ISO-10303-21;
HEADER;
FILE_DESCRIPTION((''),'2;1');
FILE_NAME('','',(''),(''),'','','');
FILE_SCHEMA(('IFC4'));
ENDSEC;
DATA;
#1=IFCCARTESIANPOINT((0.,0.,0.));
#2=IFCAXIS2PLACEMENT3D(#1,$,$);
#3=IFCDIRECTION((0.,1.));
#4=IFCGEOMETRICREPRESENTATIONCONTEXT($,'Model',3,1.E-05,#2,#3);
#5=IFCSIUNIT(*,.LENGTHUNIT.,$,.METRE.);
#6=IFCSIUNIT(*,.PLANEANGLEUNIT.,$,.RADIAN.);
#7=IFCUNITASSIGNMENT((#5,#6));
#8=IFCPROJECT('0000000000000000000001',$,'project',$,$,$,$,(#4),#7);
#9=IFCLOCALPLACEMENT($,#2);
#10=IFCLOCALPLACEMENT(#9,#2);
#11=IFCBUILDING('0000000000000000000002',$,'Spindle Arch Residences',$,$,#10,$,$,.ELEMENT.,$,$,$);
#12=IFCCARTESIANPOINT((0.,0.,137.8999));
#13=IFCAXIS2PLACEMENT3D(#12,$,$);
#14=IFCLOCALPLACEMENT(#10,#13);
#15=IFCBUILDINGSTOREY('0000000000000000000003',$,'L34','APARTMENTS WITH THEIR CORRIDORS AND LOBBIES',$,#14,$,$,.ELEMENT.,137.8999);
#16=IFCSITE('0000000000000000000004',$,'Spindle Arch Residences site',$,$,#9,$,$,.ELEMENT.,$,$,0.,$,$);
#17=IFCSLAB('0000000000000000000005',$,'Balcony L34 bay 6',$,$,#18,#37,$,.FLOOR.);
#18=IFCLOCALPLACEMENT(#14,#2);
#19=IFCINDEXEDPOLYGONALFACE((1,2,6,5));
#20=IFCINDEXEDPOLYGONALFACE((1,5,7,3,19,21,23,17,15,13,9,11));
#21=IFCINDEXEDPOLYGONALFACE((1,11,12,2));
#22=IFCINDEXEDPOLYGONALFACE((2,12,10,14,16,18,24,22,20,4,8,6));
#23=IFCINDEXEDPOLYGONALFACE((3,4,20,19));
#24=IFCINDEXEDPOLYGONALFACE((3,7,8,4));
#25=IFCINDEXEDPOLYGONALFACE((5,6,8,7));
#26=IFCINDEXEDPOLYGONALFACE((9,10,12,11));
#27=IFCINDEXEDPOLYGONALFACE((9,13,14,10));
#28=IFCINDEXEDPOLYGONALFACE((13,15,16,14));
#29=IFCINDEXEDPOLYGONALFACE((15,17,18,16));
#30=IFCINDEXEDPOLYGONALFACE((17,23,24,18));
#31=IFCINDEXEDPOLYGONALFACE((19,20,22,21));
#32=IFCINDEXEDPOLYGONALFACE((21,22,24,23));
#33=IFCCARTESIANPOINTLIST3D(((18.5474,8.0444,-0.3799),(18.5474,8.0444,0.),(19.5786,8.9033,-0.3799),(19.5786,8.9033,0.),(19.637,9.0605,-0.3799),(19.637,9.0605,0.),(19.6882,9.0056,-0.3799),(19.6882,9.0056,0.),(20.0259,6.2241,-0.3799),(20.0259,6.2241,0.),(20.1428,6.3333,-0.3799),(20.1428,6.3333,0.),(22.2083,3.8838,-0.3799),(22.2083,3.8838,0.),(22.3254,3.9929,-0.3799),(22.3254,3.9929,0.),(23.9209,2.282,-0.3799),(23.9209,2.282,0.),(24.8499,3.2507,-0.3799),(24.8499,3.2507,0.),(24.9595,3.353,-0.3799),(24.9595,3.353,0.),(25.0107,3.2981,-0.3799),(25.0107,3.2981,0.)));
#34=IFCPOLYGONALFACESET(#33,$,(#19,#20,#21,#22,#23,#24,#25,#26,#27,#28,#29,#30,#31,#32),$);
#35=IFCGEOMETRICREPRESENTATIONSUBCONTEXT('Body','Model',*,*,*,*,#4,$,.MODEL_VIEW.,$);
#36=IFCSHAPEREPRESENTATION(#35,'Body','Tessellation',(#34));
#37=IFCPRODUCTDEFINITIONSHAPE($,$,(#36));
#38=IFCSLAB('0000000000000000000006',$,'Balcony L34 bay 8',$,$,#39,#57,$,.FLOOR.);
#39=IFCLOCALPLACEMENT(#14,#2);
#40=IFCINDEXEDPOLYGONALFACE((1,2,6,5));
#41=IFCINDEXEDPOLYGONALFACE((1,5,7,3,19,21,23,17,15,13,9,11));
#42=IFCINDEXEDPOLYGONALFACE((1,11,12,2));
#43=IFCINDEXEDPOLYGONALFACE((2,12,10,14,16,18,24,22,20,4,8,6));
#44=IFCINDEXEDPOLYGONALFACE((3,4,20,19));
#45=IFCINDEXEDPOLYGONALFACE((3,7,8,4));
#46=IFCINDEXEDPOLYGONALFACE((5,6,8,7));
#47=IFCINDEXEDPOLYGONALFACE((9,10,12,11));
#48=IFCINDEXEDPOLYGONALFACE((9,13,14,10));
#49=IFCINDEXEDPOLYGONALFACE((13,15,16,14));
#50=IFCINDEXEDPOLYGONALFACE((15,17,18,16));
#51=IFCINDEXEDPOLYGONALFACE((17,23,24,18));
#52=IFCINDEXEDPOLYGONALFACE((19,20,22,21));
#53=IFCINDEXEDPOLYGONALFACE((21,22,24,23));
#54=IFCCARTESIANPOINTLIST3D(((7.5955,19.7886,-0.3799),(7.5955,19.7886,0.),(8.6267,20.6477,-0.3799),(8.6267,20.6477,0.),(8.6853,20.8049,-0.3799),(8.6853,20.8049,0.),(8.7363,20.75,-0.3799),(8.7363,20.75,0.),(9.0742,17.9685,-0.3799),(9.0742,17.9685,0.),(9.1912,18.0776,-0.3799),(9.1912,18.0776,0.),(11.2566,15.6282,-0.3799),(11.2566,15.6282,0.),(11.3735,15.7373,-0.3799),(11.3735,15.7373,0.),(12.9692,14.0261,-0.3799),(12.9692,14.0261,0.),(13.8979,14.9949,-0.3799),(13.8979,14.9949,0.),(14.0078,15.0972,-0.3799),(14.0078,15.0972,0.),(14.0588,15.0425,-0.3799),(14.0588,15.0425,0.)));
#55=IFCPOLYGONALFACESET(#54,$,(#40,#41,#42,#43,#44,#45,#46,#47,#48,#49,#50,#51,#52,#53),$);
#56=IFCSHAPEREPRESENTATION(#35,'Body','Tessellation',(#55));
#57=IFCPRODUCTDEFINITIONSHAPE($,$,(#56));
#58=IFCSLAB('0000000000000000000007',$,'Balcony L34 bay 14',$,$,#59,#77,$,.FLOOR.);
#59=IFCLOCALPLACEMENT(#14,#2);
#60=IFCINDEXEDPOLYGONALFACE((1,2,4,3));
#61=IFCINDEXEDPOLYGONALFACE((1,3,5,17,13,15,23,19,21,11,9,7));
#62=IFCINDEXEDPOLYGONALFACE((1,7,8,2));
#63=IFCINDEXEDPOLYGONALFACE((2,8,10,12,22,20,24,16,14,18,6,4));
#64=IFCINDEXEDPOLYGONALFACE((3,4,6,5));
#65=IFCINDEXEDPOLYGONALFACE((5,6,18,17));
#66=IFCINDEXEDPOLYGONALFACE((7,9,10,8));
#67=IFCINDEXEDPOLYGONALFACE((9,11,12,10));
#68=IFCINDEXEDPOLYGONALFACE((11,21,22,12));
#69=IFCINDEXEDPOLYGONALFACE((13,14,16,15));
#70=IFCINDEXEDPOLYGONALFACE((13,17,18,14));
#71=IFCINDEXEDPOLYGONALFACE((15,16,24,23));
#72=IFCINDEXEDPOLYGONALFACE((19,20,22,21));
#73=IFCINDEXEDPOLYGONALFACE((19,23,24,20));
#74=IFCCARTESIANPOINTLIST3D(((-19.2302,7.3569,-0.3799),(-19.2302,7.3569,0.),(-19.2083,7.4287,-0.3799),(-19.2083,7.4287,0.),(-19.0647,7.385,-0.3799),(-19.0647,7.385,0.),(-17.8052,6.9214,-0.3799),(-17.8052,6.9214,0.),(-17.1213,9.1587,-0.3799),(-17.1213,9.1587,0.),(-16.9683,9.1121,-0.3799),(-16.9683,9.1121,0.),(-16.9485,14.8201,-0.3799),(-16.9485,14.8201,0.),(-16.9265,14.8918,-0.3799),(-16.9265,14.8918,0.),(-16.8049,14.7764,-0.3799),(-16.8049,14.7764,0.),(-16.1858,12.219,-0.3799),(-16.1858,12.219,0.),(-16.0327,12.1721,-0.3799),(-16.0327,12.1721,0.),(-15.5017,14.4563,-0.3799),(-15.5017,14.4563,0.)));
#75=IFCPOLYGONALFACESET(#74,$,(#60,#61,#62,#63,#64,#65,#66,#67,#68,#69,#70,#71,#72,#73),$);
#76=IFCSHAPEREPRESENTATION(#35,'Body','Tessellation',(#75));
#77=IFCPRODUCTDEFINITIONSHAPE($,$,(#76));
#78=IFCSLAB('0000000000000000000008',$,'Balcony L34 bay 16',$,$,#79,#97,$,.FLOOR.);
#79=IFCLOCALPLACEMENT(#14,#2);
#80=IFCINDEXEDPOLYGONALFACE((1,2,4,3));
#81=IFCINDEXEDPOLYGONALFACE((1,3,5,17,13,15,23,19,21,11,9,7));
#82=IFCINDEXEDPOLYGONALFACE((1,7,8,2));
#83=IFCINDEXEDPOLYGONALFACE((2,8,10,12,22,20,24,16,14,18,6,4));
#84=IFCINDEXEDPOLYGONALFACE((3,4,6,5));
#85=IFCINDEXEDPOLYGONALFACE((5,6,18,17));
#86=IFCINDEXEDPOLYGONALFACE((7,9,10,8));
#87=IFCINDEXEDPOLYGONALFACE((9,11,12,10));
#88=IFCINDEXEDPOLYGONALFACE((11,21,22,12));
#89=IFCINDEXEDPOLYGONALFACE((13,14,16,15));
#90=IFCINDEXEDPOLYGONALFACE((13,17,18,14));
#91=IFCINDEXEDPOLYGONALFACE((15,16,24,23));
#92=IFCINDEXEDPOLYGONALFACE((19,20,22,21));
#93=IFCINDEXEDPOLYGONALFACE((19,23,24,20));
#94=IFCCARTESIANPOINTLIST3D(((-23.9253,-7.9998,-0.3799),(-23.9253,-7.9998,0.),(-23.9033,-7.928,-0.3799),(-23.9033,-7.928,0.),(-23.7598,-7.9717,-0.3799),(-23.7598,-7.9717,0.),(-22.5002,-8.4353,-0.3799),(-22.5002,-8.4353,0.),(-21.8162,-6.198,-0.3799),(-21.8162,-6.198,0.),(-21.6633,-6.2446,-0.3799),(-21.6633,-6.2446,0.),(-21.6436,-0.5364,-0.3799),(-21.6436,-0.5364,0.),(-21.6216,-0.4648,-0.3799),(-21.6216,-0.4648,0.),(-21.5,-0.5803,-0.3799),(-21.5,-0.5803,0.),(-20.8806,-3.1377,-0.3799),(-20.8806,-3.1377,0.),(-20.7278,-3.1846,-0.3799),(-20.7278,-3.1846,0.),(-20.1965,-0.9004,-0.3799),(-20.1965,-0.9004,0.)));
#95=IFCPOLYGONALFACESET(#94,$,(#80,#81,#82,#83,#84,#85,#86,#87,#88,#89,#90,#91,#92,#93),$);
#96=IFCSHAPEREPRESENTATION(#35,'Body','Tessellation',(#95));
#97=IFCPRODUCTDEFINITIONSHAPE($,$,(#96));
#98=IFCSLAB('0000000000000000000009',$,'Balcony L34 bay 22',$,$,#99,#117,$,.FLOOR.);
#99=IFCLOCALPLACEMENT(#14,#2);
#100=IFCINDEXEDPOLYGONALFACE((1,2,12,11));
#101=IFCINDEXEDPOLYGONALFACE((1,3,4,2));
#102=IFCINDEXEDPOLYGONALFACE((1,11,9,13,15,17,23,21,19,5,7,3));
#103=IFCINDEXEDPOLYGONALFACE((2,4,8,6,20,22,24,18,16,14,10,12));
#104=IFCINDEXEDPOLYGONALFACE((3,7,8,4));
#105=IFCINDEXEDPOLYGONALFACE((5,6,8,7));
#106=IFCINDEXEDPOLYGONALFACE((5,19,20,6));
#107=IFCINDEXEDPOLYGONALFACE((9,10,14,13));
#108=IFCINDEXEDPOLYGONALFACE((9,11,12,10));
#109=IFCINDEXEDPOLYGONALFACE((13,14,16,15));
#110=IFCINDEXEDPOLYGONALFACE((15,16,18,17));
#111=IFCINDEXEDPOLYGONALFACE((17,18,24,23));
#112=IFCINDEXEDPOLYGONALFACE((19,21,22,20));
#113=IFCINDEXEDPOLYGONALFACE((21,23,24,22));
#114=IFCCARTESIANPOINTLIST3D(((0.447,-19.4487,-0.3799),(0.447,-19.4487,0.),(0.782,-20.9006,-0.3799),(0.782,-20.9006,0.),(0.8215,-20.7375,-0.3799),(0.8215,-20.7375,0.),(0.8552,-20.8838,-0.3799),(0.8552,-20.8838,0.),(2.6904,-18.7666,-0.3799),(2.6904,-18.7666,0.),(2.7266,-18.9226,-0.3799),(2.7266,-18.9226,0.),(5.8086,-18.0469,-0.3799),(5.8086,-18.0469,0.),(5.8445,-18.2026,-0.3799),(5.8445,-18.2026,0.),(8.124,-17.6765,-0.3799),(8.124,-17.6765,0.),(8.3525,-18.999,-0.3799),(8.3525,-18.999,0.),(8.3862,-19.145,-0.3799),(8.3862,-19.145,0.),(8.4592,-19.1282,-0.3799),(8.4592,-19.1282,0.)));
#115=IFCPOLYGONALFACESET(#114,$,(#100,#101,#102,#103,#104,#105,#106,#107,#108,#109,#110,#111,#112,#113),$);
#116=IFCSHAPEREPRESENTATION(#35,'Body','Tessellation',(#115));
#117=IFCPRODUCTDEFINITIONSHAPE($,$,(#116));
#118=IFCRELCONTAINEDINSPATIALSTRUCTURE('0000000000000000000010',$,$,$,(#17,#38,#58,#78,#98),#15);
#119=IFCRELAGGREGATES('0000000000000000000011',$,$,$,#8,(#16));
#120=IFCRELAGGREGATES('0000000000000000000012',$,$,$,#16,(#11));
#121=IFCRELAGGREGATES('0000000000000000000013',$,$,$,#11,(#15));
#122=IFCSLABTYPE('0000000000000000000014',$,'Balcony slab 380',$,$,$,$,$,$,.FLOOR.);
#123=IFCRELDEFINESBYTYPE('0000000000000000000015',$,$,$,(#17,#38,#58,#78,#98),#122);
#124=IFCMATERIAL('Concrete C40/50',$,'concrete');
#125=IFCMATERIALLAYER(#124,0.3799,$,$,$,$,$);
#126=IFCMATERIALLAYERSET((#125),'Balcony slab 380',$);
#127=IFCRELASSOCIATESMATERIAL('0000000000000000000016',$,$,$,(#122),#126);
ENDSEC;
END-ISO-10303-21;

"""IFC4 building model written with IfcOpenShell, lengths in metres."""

from ifc_helpers import new_model, si_unit, direction, frame, origin, place, context, subcontext, project, spatial, polyline, outline, extrude, material, layer, layer_set, type_object, element, save


model = new_model("IFC4")

# Units and contexts
model_context = context("Model", 3, precision=1e-05, world=origin(), true_north=direction((0.0, 1.0)))
body_context = subcontext(model_context, "Body", "Model", "MODEL_VIEW")
ifc_project = project(units=[si_unit("LENGTHUNIT", "METRE"), si_unit("PLANEANGLEUNIT", "RADIAN")], contexts=[model_context])

# Site, building, storey
site_placement = place(None, origin())
site = spatial("IfcSite", under=ifc_project, at=site_placement, Name="Spindle Arch Residences site", CompositionType="ELEMENT", RefElevation=0.0)
building_placement = place(site_placement, origin())
building = spatial("IfcBuilding", under=site, at=building_placement, Name="Spindle Arch Residences", CompositionType="ELEMENT")
storey_placement = place(building_placement, frame((0.0, 0.0, 137.8999)))
storey = spatial("IfcBuildingStorey", under=building, at=storey_placement, Name="L34", Description="APARTMENTS WITH THEIR CORRIDORS AND LOBBIES", CompositionType="ELEMENT", Elevation=137.8999)

# Slabs
ifc_material_1 = material(Name="Concrete C40/50", Category="concrete")
ifc_layer_1 = layer(ifc_material_1, 0.3799)
ifc_layer_set_1 = layer_set([ifc_layer_1], Name="Balcony slab 380")
slab_type_1 = type_object("IfcSlabType", Name="Balcony slab 380", PredefinedType="FLOOR", material=ifc_layer_set_1)
slab_1_placement = place(storey_placement, frame((0.0, 0.0, -0.3799)))
element("IfcSlab", 1, at=slab_1_placement, inside=storey, type_object=slab_type_1, Name="Balcony L34 bay 6", PredefinedType="FLOOR", context=body_context, shape_type="SweptSolid", body=[
    extrude(outline(polyline([(25.0107, 3.2981), (24.9595, 3.353), (24.8499, 3.2507), (19.5786, 8.9033), (19.6882, 9.0056), (19.637, 9.0605), (18.5474, 8.0444), (20.1428, 6.3333), (20.0259, 6.2241), (22.2083, 3.8838), (22.3254, 3.9929), (23.9209, 2.282), (25.0107, 3.2981)])), origin(), (0.0, 0.0, 1.0), 0.3799),
])
slab_2_placement = place(storey_placement, frame((0.0, 0.0, -0.3799)))
element("IfcSlab", 2, at=slab_2_placement, inside=storey, type_object=slab_type_1, Name="Balcony L34 bay 8", PredefinedType="FLOOR", context=body_context, shape_type="SweptSolid", body=[
    extrude(outline(polyline([(14.0588, 15.0425), (14.0078, 15.0972), (13.8979, 14.9949), (8.6267, 20.6477), (8.7363, 20.75), (8.6853, 20.8049), (7.5955, 19.7886), (9.1912, 18.0776), (9.0742, 17.9685), (11.2566, 15.6282), (11.3735, 15.7373), (12.9692, 14.0261), (14.0588, 15.0425)])), origin(), (0.0, 0.0, 1.0), 0.3799),
])
slab_3_placement = place(storey_placement, frame((0.0, 0.0, -0.3799)))
element("IfcSlab", 3, at=slab_3_placement, inside=storey, type_object=slab_type_1, Name="Balcony L34 bay 14", PredefinedType="FLOOR", context=body_context, shape_type="SweptSolid", body=[
    extrude(outline(polyline([(-16.9265, 14.8918), (-16.9485, 14.8201), (-16.8049, 14.7764), (-19.0647, 7.385), (-19.2083, 7.4287), (-19.2302, 7.3569), (-17.8052, 6.9214), (-17.1213, 9.1587), (-16.9683, 9.1121), (-16.0327, 12.1721), (-16.1858, 12.219), (-15.5017, 14.4563), (-16.9265, 14.8918)])), origin(), (0.0, 0.0, 1.0), 0.3799),
])
slab_4_placement = place(storey_placement, frame((0.0, 0.0, -0.3799)))
element("IfcSlab", 4, at=slab_4_placement, inside=storey, type_object=slab_type_1, Name="Balcony L34 bay 16", PredefinedType="FLOOR", context=body_context, shape_type="SweptSolid", body=[
    extrude(outline(polyline([(-21.6216, -0.4648), (-21.6436, -0.5364), (-21.5, -0.5803), (-23.7598, -7.9717), (-23.9033, -7.928), (-23.9253, -7.9998), (-22.5002, -8.4353), (-21.8162, -6.198), (-21.6633, -6.2446), (-20.7278, -3.1846), (-20.8806, -3.1377), (-20.1965, -0.9004), (-21.6216, -0.4648)])), origin(), (0.0, 0.0, 1.0), 0.3799),
])
slab_5_placement = place(storey_placement, frame((0.0, 0.0, -0.3799)))
element("IfcSlab", 5, at=slab_5_placement, inside=storey, type_object=slab_type_1, Name="Balcony L34 bay 22", PredefinedType="FLOOR", context=body_context, shape_type="SweptSolid", body=[
    extrude(outline(polyline([(0.782, -20.9006), (0.8552, -20.8838), (0.8215, -20.7375), (8.3525, -18.999), (8.3862, -19.145), (8.4592, -19.1282), (8.124, -17.6765), (5.8445, -18.2026), (5.8086, -18.0469), (2.6904, -18.7666), (2.7266, -18.9226), (0.447, -19.4487), (0.782, -20.9006)])), origin(), (0.0, 0.0, 1.0), 0.3799),
])

save(model, "model.ifc")
